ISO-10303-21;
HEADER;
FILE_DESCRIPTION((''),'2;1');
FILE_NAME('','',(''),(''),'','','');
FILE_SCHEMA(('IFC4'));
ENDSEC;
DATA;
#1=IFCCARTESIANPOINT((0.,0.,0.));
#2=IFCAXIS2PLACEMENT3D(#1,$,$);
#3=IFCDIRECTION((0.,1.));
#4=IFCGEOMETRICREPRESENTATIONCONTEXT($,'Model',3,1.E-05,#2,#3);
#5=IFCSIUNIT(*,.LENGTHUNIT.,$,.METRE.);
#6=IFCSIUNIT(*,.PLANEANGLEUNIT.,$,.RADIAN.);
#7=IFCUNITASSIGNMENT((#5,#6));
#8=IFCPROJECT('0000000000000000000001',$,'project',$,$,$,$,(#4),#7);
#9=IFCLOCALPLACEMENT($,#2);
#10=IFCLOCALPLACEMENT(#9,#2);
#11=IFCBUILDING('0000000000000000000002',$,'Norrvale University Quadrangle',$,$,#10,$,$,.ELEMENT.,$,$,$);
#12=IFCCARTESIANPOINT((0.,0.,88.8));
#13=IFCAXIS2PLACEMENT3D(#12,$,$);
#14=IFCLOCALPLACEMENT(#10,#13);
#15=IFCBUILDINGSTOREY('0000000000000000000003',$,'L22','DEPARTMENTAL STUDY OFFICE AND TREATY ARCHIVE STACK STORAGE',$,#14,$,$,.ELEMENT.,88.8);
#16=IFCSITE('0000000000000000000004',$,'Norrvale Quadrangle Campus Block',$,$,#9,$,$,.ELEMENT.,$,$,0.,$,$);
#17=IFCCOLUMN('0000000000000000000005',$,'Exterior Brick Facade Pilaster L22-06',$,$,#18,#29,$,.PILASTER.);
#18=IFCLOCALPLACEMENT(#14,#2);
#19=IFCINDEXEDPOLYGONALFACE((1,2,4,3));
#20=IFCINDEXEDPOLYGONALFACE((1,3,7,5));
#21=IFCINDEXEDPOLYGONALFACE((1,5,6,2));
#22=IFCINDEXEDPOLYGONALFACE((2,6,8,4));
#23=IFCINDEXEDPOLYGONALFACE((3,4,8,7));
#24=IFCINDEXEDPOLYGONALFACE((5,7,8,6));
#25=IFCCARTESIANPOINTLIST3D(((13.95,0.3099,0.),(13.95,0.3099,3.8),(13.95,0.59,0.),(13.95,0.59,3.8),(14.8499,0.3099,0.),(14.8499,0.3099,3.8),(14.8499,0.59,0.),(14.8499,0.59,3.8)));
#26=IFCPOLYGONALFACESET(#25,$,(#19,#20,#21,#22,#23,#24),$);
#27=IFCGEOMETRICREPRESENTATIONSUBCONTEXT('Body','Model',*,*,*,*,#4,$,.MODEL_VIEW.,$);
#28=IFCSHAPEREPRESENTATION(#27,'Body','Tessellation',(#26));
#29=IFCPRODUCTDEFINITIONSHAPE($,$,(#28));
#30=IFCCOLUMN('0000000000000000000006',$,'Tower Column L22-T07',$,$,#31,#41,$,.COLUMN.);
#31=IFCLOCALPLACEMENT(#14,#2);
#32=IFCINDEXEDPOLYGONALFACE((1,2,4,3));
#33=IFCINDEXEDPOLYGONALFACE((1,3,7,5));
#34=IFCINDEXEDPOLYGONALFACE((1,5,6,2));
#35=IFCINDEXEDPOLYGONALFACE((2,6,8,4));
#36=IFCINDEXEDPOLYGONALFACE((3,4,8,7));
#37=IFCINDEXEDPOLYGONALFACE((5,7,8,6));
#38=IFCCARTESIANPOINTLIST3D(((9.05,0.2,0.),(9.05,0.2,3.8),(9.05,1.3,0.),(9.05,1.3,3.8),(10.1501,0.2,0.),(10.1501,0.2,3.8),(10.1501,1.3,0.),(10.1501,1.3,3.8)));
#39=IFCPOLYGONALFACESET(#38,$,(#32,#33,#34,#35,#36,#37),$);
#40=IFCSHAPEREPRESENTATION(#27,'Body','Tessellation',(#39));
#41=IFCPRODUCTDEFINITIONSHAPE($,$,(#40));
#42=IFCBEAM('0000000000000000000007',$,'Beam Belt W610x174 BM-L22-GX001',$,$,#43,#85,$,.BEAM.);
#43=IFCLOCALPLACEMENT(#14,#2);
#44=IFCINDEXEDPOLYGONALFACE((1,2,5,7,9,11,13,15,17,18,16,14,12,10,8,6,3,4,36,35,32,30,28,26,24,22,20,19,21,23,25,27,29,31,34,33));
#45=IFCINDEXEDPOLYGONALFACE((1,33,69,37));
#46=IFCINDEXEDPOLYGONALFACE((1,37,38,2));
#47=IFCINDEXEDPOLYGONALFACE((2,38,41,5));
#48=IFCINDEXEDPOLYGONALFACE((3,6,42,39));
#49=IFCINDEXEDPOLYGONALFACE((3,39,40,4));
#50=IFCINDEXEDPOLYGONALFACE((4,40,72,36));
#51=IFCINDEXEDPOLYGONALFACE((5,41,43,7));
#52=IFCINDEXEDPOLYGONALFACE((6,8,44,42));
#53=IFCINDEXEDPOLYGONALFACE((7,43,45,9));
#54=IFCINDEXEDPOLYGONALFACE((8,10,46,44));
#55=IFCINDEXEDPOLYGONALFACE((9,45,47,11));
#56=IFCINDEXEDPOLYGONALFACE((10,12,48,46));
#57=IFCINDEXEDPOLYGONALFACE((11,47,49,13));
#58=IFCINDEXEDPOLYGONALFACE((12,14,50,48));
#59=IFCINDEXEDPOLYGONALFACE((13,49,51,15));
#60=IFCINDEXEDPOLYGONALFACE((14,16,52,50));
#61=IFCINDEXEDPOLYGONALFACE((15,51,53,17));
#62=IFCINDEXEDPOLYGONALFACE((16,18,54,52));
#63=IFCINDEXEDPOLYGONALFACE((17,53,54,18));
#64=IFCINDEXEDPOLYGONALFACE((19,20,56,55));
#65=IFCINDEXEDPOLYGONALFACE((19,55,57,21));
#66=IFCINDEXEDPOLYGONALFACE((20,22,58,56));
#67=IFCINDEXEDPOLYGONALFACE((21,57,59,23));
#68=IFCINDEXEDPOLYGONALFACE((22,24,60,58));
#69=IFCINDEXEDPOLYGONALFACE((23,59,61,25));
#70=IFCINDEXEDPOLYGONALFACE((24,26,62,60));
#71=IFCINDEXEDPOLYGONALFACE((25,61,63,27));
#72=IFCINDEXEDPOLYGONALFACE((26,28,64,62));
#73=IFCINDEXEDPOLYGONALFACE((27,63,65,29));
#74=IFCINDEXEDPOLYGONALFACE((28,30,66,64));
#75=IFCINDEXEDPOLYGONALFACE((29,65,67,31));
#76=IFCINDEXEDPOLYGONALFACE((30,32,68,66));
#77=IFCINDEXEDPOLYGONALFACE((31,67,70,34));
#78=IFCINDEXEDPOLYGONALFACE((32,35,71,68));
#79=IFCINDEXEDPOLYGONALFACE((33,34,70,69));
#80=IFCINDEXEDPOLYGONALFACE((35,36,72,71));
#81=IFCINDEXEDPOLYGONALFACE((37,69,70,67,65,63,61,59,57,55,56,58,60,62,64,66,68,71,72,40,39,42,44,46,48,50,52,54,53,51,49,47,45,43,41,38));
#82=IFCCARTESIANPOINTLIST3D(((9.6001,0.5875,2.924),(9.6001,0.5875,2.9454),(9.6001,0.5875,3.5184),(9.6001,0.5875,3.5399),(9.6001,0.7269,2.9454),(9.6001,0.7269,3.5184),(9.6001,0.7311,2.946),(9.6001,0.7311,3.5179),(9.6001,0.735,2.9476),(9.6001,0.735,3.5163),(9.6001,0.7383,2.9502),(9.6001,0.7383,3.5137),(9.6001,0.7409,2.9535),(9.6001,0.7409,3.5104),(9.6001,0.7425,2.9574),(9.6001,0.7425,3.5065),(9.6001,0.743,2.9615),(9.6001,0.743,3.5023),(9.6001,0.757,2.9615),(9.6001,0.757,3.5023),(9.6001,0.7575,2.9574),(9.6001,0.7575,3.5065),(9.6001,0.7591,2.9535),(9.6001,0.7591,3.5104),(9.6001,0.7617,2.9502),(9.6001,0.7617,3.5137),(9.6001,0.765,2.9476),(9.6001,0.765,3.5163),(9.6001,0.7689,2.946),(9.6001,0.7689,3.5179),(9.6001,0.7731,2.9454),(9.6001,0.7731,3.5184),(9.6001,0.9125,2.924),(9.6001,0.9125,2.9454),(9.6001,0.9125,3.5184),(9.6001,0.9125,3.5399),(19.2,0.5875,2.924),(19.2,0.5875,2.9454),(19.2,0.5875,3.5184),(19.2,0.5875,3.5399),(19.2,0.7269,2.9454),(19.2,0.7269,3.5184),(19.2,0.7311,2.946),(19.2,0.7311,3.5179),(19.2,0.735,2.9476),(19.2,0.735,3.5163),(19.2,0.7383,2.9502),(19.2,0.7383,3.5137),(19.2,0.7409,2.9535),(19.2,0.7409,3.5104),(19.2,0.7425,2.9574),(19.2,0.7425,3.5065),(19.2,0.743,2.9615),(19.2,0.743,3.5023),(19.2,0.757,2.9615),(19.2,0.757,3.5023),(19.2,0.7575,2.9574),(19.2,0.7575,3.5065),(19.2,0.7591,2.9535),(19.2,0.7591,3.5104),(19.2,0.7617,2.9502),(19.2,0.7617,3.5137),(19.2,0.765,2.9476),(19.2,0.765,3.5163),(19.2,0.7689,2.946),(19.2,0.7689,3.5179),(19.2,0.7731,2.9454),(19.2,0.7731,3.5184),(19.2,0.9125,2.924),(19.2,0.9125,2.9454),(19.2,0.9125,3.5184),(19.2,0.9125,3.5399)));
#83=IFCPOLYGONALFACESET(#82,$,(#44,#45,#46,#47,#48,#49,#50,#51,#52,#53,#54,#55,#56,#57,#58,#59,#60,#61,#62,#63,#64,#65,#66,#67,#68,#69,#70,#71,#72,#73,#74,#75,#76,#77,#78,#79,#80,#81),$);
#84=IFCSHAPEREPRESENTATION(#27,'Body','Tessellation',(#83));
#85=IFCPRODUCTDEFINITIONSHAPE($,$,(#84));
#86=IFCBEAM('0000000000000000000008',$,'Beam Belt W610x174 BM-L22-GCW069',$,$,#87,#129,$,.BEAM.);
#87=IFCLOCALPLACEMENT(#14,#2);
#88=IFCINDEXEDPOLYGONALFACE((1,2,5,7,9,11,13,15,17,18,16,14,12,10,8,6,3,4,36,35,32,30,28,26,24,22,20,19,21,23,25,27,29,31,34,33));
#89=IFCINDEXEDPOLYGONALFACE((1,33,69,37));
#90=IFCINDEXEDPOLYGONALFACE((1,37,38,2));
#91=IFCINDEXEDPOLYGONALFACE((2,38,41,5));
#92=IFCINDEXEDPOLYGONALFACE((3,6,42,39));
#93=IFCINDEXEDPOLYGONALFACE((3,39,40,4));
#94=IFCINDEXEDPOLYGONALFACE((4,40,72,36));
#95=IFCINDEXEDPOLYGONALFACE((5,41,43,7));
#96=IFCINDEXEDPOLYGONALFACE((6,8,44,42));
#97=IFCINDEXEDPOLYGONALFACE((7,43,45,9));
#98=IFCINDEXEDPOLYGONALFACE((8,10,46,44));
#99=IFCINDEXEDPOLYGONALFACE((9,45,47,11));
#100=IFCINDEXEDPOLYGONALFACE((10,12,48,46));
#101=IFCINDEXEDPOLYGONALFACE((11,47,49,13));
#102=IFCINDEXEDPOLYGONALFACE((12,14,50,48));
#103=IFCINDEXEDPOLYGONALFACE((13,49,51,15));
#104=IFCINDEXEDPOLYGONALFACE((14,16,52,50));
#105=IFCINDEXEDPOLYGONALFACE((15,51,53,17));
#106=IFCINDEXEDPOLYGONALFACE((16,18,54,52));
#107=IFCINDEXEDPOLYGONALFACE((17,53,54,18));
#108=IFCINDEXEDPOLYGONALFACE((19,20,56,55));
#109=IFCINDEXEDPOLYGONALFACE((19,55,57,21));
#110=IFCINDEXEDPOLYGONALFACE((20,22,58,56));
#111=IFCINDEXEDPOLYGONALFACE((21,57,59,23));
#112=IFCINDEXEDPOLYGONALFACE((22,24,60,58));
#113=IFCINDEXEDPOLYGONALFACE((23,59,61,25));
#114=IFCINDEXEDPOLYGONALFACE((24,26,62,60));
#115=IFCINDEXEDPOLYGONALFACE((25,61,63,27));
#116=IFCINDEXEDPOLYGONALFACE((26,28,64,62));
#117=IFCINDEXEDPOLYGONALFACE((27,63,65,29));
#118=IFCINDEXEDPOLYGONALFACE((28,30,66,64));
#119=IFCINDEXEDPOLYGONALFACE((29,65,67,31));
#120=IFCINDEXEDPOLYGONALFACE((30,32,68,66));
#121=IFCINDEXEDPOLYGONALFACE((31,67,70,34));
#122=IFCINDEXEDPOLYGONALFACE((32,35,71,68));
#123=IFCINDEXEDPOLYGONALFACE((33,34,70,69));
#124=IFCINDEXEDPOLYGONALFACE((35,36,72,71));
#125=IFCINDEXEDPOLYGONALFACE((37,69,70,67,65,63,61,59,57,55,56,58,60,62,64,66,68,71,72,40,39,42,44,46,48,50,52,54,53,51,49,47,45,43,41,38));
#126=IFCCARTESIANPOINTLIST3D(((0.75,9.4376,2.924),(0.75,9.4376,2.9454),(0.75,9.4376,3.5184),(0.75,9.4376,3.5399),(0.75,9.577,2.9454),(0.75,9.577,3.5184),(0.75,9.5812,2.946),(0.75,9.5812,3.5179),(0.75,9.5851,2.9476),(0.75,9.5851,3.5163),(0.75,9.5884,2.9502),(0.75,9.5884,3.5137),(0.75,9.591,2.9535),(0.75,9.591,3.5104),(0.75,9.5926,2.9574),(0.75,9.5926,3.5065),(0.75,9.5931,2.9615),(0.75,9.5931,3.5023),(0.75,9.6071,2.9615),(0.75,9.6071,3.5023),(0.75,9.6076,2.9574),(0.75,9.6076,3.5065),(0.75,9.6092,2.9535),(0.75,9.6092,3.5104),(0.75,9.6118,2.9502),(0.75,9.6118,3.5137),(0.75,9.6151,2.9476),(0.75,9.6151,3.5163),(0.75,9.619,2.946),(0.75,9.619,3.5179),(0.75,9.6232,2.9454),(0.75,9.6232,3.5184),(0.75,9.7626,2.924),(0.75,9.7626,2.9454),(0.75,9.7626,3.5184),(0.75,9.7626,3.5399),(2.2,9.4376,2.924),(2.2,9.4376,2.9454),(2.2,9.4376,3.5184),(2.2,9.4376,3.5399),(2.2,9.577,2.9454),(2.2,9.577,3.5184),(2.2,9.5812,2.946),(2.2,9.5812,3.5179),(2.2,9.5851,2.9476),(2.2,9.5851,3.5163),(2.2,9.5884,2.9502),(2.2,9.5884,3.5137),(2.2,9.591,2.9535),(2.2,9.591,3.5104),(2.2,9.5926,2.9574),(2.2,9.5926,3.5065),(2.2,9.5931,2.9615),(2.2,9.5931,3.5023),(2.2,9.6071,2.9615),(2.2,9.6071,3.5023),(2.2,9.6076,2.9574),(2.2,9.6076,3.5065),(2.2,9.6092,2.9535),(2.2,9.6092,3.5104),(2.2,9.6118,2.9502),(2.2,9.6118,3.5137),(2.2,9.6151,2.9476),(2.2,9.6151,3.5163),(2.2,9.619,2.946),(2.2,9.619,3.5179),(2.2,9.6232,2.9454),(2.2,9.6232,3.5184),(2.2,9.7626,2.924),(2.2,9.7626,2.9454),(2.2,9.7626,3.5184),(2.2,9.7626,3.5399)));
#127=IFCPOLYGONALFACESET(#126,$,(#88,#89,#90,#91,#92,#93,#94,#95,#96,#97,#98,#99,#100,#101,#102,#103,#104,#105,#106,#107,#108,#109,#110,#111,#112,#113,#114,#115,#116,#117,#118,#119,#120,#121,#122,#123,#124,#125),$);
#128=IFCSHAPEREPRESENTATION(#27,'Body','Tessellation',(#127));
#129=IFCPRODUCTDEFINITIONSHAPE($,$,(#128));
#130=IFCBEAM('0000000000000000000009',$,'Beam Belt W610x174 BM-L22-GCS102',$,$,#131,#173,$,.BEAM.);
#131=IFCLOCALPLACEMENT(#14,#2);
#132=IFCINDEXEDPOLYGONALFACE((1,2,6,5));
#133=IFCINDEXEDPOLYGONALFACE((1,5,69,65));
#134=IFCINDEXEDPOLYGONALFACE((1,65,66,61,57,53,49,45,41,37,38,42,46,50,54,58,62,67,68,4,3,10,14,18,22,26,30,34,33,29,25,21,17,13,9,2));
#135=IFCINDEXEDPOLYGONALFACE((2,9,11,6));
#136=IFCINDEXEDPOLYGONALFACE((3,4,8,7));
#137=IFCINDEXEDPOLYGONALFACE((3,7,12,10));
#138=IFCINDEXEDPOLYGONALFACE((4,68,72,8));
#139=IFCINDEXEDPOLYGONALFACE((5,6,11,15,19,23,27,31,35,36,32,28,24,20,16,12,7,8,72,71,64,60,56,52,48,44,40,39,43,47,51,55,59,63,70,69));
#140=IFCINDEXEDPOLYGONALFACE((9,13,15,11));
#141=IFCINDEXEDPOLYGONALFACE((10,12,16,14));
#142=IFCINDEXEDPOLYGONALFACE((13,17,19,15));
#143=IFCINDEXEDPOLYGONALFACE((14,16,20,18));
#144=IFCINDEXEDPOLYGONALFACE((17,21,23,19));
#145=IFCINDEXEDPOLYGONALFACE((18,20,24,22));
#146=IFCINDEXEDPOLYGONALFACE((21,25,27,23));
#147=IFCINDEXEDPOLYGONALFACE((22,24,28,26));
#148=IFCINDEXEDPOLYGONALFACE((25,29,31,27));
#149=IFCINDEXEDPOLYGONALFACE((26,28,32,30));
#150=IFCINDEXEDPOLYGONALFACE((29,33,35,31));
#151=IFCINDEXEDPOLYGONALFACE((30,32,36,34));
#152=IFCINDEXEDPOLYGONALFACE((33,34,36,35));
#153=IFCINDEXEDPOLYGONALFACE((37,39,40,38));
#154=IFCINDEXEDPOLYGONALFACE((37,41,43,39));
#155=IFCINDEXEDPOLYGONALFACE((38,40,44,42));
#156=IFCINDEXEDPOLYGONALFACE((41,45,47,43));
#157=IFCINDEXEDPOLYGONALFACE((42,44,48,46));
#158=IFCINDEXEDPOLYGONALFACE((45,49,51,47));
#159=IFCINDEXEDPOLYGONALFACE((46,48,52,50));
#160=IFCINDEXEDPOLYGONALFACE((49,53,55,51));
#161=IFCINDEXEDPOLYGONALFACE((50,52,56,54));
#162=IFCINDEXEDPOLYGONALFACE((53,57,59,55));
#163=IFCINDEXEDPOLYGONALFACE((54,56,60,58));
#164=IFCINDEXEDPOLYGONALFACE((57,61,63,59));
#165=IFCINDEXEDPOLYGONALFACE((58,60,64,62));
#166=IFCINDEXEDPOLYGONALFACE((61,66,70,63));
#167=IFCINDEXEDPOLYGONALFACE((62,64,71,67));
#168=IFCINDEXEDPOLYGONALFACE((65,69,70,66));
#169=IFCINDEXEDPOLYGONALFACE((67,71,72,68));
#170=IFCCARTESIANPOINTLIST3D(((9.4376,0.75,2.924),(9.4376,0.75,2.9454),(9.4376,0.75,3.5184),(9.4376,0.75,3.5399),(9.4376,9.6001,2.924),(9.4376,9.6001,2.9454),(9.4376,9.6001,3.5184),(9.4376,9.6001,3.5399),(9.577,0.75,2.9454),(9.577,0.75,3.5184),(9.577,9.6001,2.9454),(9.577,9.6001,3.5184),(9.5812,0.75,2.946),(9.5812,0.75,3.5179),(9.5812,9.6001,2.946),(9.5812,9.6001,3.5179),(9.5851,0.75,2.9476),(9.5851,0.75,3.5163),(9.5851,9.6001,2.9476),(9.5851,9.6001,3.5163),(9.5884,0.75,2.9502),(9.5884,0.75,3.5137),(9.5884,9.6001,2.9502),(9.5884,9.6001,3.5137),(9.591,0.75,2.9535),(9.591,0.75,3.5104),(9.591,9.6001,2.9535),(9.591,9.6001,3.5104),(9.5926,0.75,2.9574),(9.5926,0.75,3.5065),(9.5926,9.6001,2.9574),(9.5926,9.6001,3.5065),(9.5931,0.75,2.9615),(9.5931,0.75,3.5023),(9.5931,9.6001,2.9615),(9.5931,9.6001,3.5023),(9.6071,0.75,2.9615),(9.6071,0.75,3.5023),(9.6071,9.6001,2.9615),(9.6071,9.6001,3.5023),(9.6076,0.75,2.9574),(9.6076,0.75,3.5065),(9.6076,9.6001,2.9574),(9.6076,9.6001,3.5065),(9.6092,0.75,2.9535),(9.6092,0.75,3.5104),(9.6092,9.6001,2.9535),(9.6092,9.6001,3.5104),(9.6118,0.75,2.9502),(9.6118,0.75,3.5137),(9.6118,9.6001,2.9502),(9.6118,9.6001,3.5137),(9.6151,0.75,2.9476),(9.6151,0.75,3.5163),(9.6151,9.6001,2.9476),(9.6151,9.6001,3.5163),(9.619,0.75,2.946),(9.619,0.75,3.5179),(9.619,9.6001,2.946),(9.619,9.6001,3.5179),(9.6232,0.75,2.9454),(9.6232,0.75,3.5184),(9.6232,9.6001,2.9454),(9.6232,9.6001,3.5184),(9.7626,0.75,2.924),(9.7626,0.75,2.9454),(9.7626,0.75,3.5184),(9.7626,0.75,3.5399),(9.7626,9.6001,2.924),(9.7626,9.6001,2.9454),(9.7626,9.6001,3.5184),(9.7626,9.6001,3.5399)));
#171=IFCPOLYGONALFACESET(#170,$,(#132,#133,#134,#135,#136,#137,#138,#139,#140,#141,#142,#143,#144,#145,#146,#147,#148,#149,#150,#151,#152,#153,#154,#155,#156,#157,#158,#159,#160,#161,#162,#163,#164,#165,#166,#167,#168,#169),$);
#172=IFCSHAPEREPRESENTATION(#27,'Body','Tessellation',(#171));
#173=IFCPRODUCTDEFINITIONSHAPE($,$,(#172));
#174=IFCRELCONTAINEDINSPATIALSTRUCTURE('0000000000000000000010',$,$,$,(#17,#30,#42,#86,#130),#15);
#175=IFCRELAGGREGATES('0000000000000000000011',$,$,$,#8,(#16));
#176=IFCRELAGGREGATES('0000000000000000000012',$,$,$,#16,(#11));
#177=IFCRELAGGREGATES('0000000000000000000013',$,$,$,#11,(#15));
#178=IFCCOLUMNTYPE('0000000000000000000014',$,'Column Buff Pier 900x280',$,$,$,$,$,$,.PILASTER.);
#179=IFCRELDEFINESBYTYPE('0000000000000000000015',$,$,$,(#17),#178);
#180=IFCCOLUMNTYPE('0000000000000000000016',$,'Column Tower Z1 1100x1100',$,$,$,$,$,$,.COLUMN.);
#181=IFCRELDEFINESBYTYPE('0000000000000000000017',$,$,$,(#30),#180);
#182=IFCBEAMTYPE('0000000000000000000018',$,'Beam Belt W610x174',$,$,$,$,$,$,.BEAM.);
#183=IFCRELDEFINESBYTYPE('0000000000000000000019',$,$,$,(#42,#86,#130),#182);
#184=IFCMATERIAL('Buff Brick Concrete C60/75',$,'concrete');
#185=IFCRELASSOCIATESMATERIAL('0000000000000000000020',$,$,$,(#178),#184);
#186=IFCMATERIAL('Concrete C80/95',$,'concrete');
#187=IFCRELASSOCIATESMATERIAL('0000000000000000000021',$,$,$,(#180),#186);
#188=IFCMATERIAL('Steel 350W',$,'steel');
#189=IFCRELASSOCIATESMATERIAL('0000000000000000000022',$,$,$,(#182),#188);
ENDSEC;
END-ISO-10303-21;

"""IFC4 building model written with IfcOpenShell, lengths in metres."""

from ifc_helpers import new_model, si_unit, direction, frame, origin, origin_2d, place, context, subcontext, project, spatial, rectangle, i_section, extrude, material, material_profile, profile_set, type_object, element, save


model = new_model("IFC4")

# Units and contexts
model_context = context("Model", 3, precision=1e-05, world=origin(), true_north=direction((0.0, 1.0)))
body_context = subcontext(model_context, "Body", "Model", "MODEL_VIEW")
ifc_project = project(units=[si_unit("LENGTHUNIT", "METRE"), si_unit("PLANEANGLEUNIT", "RADIAN")], contexts=[model_context])

# Site, building, storey
site_placement = place(None, origin())
site = spatial("IfcSite", under=ifc_project, at=site_placement, Name="Norrvale Quadrangle Campus Block", CompositionType="ELEMENT", RefElevation=0.0)
building_placement = place(site_placement, origin())
building = spatial("IfcBuilding", under=site, at=building_placement, Name="Norrvale University Quadrangle", CompositionType="ELEMENT")
storey_placement = place(building_placement, frame((0.0, 0.0, 88.8)))
storey = spatial("IfcBuildingStorey", under=building, at=storey_placement, Name="L22", Description="DEPARTMENTAL STUDY OFFICE AND TREATY ARCHIVE STACK STORAGE", CompositionType="ELEMENT", Elevation=88.8)

# Columns
ifc_material_1 = material(Name="Buff Brick Concrete C60/75", Category="concrete")
ifc_material_profile_1 = material_profile(ifc_material_1, rectangle(XDim=0.8999, YDim=0.28, at=origin_2d()), Name="Buff Brick Concrete C60/75")
ifc_profile_set_1 = profile_set([ifc_material_profile_1], Name="Buff Brick Concrete C60/75")
column_type_1 = type_object("IfcColumnType", Name="Column Buff Pier 900x280", PredefinedType="PILASTER", material=ifc_profile_set_1)
column_1_placement = place(storey_placement, frame((14.3999, 0.45, 0.0), z_axis=(0.0, 0.0, 1.0), x_axis=(1.0, 0.0, 0.0)))
element("IfcColumn", 1, at=column_1_placement, inside=storey, type_object=column_type_1, Name="Exterior Brick Facade Pilaster L22-06", PredefinedType="PILASTER", context=body_context, shape_type="SweptSolid", body=[
    extrude(rectangle(XDim=0.8999, YDim=0.28, at=origin_2d()), origin(), (0.0, 0.0, 1.0), 3.8),
])
ifc_material_2 = material(Name="Concrete C80/95", Category="concrete")
ifc_material_profile_2 = material_profile(ifc_material_2, rectangle(XDim=1.1001, YDim=1.1001, at=origin_2d()), Name="Concrete C80/95")
ifc_profile_set_2 = profile_set([ifc_material_profile_2], Name="Concrete C80/95")
column_type_2 = type_object("IfcColumnType", Name="Column Tower Z1 1100x1100", PredefinedType="COLUMN", material=ifc_profile_set_2)
column_2_placement = place(storey_placement, frame((9.6001, 0.75, 0.0), z_axis=(0.0, 0.0, 1.0), x_axis=(1.0, 0.0, 0.0)))
element("IfcColumn", 2, at=column_2_placement, inside=storey, type_object=column_type_2, Name="Tower Column L22-T07", PredefinedType="COLUMN", context=body_context, shape_type="SweptSolid", body=[
    extrude(rectangle(XDim=1.1001, YDim=1.1001, at=origin_2d()), origin(), (0.0, 0.0, 1.0), 3.8),
])

# Beams
ifc_material_3 = material(Name="Steel 350W", Category="steel")
ifc_material_profile_3 = material_profile(ifc_material_3, i_section(OverallWidth=0.325, OverallDepth=0.616, WebThickness=0.0139, FlangeThickness=0.0215, FilletRadius=0.0161, at=origin_2d()), Name="Steel 350W")
ifc_profile_set_3 = profile_set([ifc_material_profile_3], Name="Steel 350W")
beam_type_1 = type_object("IfcBeamType", Name="Beam Belt W610x174", PredefinedType="BEAM", material=ifc_profile_set_3)
beam_1_placement = place(storey_placement, frame((9.6001, 0.75, 3.2319), z_axis=(1.0, 0.0, 0.0), x_axis=(0.0, 1.0, 0.0)))
element("IfcBeam", 3, at=beam_1_placement, inside=storey, type_object=beam_type_1, Name="Beam Belt W610x174 BM-L22-GX001", PredefinedType="BEAM", context=body_context, shape_type="SweptSolid", body=[
    extrude(i_section(OverallWidth=0.325, OverallDepth=0.616, WebThickness=0.0139, FlangeThickness=0.0215, FilletRadius=0.0161, at=origin_2d()), origin(), (0.0, 0.0, 1.0), 9.5999),
])
beam_2_placement = place(storey_placement, frame((0.75, 9.6001, 3.2319), z_axis=(1.0, 0.0, 0.0), x_axis=(0.0, 1.0, 0.0)))
element("IfcBeam", 4, at=beam_2_placement, inside=storey, type_object=beam_type_1, Name="Beam Belt W610x174 BM-L22-GCW069", PredefinedType="BEAM", context=body_context, shape_type="SweptSolid", body=[
    extrude(i_section(OverallWidth=0.325, OverallDepth=0.616, WebThickness=0.0139, FlangeThickness=0.0215, FilletRadius=0.0161, at=origin_2d()), origin(), (0.0, 0.0, 1.0), 1.45),
])
beam_3_placement = place(storey_placement, frame((9.6001, 0.75, 3.2319), z_axis=(0.0, 1.0, 0.0), x_axis=(-1.0, 0.0, 0.0)))
element("IfcBeam", 5, at=beam_3_placement, inside=storey, type_object=beam_type_1, Name="Beam Belt W610x174 BM-L22-GCS102", PredefinedType="BEAM", context=body_context, shape_type="SweptSolid", body=[
    extrude(i_section(OverallWidth=0.325, OverallDepth=0.616, WebThickness=0.0139, FlangeThickness=0.0215, FilletRadius=0.0161, at=origin_2d()), origin(), (0.0, 0.0, 1.0), 8.8501),
])

save(model, "model.ifc")
